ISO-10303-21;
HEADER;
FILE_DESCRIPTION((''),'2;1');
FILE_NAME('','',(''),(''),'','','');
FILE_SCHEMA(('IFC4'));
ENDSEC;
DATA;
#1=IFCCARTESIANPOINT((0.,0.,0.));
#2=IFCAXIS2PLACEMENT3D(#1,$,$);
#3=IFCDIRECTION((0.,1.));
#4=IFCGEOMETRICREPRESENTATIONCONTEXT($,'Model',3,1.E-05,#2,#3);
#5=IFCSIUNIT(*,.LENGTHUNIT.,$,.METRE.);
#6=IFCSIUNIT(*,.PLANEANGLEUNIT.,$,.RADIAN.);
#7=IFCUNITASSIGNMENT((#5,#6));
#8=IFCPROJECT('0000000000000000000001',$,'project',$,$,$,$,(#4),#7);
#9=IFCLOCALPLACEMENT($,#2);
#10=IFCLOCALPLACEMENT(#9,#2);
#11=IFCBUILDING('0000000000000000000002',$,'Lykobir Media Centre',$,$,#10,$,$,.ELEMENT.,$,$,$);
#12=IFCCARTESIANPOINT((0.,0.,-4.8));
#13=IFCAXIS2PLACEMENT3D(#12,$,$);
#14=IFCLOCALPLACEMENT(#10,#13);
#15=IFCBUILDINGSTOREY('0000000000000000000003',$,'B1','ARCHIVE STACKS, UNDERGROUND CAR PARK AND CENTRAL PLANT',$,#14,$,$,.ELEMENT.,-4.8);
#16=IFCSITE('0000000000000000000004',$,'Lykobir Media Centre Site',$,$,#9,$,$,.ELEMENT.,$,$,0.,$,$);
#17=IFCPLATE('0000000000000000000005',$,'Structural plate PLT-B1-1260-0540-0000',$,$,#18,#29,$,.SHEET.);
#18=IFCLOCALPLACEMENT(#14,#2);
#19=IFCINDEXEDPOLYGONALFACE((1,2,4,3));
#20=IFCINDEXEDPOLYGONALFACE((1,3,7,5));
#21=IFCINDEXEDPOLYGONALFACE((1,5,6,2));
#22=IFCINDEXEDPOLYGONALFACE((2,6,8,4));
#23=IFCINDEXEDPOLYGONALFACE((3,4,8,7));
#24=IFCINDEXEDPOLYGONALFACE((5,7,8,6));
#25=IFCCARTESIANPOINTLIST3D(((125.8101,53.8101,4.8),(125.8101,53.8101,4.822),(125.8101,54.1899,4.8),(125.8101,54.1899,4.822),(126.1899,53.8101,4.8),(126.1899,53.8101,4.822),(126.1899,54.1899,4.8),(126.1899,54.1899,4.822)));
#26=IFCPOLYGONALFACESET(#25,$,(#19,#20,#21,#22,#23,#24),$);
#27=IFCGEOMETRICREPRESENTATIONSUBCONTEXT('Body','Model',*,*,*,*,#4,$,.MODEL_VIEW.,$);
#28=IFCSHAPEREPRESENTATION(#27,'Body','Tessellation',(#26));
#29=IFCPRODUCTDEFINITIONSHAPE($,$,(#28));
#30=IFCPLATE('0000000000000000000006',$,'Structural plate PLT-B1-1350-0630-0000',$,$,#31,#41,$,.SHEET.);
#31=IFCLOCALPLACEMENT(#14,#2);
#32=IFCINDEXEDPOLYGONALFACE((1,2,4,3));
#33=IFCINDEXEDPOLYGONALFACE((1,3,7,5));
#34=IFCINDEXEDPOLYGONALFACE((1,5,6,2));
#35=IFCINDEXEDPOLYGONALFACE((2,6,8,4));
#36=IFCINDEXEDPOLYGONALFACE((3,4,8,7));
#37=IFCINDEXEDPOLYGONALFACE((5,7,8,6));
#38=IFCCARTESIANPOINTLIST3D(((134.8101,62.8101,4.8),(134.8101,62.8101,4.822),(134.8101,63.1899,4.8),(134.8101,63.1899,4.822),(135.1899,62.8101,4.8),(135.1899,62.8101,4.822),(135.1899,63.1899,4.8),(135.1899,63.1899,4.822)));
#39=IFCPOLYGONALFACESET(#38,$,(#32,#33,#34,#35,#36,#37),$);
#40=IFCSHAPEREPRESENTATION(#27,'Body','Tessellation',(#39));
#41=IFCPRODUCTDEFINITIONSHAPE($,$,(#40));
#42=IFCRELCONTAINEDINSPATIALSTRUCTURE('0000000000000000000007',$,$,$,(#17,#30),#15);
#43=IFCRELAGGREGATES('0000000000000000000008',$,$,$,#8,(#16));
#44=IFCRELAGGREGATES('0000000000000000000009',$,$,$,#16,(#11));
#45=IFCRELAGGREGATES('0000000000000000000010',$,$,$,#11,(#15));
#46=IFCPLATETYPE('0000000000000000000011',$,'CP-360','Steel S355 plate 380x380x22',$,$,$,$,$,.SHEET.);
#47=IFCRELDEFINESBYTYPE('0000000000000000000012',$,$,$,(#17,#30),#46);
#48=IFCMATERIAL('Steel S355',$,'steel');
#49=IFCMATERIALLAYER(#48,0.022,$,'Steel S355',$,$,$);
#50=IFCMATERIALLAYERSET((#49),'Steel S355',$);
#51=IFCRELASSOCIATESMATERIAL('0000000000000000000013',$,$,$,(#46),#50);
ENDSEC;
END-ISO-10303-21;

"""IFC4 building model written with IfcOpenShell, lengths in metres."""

from ifc_helpers import new_model, si_unit, direction, frame, origin, origin_2d, place, context, subcontext, project, spatial, rectangle, extrude, material, layer, layer_set, type_object, element, save


model = new_model("IFC4")

# Units and contexts
model_context = context("Model", 3, precision=1e-05, world=origin(), true_north=direction((0.0, 1.0)))
body_context = subcontext(model_context, "Body", "Model", "MODEL_VIEW")
ifc_project = project(units=[si_unit("LENGTHUNIT", "METRE"), si_unit("PLANEANGLEUNIT", "RADIAN")], contexts=[model_context])

# Site, building, storey
site_placement = place(None, origin())
site = spatial("IfcSite", under=ifc_project, at=site_placement, Name="Lykobir Media Centre Site", CompositionType="ELEMENT", RefElevation=0.0)
building_placement = place(site_placement, origin())
building = spatial("IfcBuilding", under=site, at=building_placement, Name="Lykobir Media Centre", CompositionType="ELEMENT")
storey_placement = place(building_placement, frame((0.0, 0.0, -4.8)))
storey = spatial("IfcBuildingStorey", under=building, at=storey_placement, Name="B1", Description="ARCHIVE STACKS, UNDERGROUND CAR PARK AND CENTRAL PLANT", CompositionType="ELEMENT", Elevation=-4.8)

# Shared definitions
ifc_material_1 = material(Name="Steel S355", Category="steel")

# Plates
ifc_layer = layer(ifc_material_1, 0.022, Name="Steel S355")
ifc_layer_set = layer_set([ifc_layer], Name="Steel S355")
plate_type = type_object("IfcPlateType", Name="CP-360", Description="Steel S355 plate 380x380x22", PredefinedType="SHEET", material=ifc_layer_set)
for number, where, z_axis, x_axis, name in (
    (1, (126.0, 54.0, 4.8), (0.0, 0.0, 1.0), (1.0, 0.0, 0.0), "Structural plate PLT-B1-1260-0540-0000"),
    (2, (135.0, 63.0, 4.8), (0.0, 0.0, 1.0), (1.0, 0.0, 0.0), "Structural plate PLT-B1-1350-0630-0000"),
):
    element("IfcPlate", number, at=place(storey_placement, frame(where, z_axis=z_axis, x_axis=x_axis)), inside=storey, type_object=plate_type, Name=name, PredefinedType="SHEET", context=body_context, shape_type="SweptSolid", body=[
        extrude(rectangle(XDim=0.3799, YDim=0.3799, at=origin_2d()), origin(), (0.0, 0.0, 1.0), 0.022),
    ])

save(model, "model.ifc")
